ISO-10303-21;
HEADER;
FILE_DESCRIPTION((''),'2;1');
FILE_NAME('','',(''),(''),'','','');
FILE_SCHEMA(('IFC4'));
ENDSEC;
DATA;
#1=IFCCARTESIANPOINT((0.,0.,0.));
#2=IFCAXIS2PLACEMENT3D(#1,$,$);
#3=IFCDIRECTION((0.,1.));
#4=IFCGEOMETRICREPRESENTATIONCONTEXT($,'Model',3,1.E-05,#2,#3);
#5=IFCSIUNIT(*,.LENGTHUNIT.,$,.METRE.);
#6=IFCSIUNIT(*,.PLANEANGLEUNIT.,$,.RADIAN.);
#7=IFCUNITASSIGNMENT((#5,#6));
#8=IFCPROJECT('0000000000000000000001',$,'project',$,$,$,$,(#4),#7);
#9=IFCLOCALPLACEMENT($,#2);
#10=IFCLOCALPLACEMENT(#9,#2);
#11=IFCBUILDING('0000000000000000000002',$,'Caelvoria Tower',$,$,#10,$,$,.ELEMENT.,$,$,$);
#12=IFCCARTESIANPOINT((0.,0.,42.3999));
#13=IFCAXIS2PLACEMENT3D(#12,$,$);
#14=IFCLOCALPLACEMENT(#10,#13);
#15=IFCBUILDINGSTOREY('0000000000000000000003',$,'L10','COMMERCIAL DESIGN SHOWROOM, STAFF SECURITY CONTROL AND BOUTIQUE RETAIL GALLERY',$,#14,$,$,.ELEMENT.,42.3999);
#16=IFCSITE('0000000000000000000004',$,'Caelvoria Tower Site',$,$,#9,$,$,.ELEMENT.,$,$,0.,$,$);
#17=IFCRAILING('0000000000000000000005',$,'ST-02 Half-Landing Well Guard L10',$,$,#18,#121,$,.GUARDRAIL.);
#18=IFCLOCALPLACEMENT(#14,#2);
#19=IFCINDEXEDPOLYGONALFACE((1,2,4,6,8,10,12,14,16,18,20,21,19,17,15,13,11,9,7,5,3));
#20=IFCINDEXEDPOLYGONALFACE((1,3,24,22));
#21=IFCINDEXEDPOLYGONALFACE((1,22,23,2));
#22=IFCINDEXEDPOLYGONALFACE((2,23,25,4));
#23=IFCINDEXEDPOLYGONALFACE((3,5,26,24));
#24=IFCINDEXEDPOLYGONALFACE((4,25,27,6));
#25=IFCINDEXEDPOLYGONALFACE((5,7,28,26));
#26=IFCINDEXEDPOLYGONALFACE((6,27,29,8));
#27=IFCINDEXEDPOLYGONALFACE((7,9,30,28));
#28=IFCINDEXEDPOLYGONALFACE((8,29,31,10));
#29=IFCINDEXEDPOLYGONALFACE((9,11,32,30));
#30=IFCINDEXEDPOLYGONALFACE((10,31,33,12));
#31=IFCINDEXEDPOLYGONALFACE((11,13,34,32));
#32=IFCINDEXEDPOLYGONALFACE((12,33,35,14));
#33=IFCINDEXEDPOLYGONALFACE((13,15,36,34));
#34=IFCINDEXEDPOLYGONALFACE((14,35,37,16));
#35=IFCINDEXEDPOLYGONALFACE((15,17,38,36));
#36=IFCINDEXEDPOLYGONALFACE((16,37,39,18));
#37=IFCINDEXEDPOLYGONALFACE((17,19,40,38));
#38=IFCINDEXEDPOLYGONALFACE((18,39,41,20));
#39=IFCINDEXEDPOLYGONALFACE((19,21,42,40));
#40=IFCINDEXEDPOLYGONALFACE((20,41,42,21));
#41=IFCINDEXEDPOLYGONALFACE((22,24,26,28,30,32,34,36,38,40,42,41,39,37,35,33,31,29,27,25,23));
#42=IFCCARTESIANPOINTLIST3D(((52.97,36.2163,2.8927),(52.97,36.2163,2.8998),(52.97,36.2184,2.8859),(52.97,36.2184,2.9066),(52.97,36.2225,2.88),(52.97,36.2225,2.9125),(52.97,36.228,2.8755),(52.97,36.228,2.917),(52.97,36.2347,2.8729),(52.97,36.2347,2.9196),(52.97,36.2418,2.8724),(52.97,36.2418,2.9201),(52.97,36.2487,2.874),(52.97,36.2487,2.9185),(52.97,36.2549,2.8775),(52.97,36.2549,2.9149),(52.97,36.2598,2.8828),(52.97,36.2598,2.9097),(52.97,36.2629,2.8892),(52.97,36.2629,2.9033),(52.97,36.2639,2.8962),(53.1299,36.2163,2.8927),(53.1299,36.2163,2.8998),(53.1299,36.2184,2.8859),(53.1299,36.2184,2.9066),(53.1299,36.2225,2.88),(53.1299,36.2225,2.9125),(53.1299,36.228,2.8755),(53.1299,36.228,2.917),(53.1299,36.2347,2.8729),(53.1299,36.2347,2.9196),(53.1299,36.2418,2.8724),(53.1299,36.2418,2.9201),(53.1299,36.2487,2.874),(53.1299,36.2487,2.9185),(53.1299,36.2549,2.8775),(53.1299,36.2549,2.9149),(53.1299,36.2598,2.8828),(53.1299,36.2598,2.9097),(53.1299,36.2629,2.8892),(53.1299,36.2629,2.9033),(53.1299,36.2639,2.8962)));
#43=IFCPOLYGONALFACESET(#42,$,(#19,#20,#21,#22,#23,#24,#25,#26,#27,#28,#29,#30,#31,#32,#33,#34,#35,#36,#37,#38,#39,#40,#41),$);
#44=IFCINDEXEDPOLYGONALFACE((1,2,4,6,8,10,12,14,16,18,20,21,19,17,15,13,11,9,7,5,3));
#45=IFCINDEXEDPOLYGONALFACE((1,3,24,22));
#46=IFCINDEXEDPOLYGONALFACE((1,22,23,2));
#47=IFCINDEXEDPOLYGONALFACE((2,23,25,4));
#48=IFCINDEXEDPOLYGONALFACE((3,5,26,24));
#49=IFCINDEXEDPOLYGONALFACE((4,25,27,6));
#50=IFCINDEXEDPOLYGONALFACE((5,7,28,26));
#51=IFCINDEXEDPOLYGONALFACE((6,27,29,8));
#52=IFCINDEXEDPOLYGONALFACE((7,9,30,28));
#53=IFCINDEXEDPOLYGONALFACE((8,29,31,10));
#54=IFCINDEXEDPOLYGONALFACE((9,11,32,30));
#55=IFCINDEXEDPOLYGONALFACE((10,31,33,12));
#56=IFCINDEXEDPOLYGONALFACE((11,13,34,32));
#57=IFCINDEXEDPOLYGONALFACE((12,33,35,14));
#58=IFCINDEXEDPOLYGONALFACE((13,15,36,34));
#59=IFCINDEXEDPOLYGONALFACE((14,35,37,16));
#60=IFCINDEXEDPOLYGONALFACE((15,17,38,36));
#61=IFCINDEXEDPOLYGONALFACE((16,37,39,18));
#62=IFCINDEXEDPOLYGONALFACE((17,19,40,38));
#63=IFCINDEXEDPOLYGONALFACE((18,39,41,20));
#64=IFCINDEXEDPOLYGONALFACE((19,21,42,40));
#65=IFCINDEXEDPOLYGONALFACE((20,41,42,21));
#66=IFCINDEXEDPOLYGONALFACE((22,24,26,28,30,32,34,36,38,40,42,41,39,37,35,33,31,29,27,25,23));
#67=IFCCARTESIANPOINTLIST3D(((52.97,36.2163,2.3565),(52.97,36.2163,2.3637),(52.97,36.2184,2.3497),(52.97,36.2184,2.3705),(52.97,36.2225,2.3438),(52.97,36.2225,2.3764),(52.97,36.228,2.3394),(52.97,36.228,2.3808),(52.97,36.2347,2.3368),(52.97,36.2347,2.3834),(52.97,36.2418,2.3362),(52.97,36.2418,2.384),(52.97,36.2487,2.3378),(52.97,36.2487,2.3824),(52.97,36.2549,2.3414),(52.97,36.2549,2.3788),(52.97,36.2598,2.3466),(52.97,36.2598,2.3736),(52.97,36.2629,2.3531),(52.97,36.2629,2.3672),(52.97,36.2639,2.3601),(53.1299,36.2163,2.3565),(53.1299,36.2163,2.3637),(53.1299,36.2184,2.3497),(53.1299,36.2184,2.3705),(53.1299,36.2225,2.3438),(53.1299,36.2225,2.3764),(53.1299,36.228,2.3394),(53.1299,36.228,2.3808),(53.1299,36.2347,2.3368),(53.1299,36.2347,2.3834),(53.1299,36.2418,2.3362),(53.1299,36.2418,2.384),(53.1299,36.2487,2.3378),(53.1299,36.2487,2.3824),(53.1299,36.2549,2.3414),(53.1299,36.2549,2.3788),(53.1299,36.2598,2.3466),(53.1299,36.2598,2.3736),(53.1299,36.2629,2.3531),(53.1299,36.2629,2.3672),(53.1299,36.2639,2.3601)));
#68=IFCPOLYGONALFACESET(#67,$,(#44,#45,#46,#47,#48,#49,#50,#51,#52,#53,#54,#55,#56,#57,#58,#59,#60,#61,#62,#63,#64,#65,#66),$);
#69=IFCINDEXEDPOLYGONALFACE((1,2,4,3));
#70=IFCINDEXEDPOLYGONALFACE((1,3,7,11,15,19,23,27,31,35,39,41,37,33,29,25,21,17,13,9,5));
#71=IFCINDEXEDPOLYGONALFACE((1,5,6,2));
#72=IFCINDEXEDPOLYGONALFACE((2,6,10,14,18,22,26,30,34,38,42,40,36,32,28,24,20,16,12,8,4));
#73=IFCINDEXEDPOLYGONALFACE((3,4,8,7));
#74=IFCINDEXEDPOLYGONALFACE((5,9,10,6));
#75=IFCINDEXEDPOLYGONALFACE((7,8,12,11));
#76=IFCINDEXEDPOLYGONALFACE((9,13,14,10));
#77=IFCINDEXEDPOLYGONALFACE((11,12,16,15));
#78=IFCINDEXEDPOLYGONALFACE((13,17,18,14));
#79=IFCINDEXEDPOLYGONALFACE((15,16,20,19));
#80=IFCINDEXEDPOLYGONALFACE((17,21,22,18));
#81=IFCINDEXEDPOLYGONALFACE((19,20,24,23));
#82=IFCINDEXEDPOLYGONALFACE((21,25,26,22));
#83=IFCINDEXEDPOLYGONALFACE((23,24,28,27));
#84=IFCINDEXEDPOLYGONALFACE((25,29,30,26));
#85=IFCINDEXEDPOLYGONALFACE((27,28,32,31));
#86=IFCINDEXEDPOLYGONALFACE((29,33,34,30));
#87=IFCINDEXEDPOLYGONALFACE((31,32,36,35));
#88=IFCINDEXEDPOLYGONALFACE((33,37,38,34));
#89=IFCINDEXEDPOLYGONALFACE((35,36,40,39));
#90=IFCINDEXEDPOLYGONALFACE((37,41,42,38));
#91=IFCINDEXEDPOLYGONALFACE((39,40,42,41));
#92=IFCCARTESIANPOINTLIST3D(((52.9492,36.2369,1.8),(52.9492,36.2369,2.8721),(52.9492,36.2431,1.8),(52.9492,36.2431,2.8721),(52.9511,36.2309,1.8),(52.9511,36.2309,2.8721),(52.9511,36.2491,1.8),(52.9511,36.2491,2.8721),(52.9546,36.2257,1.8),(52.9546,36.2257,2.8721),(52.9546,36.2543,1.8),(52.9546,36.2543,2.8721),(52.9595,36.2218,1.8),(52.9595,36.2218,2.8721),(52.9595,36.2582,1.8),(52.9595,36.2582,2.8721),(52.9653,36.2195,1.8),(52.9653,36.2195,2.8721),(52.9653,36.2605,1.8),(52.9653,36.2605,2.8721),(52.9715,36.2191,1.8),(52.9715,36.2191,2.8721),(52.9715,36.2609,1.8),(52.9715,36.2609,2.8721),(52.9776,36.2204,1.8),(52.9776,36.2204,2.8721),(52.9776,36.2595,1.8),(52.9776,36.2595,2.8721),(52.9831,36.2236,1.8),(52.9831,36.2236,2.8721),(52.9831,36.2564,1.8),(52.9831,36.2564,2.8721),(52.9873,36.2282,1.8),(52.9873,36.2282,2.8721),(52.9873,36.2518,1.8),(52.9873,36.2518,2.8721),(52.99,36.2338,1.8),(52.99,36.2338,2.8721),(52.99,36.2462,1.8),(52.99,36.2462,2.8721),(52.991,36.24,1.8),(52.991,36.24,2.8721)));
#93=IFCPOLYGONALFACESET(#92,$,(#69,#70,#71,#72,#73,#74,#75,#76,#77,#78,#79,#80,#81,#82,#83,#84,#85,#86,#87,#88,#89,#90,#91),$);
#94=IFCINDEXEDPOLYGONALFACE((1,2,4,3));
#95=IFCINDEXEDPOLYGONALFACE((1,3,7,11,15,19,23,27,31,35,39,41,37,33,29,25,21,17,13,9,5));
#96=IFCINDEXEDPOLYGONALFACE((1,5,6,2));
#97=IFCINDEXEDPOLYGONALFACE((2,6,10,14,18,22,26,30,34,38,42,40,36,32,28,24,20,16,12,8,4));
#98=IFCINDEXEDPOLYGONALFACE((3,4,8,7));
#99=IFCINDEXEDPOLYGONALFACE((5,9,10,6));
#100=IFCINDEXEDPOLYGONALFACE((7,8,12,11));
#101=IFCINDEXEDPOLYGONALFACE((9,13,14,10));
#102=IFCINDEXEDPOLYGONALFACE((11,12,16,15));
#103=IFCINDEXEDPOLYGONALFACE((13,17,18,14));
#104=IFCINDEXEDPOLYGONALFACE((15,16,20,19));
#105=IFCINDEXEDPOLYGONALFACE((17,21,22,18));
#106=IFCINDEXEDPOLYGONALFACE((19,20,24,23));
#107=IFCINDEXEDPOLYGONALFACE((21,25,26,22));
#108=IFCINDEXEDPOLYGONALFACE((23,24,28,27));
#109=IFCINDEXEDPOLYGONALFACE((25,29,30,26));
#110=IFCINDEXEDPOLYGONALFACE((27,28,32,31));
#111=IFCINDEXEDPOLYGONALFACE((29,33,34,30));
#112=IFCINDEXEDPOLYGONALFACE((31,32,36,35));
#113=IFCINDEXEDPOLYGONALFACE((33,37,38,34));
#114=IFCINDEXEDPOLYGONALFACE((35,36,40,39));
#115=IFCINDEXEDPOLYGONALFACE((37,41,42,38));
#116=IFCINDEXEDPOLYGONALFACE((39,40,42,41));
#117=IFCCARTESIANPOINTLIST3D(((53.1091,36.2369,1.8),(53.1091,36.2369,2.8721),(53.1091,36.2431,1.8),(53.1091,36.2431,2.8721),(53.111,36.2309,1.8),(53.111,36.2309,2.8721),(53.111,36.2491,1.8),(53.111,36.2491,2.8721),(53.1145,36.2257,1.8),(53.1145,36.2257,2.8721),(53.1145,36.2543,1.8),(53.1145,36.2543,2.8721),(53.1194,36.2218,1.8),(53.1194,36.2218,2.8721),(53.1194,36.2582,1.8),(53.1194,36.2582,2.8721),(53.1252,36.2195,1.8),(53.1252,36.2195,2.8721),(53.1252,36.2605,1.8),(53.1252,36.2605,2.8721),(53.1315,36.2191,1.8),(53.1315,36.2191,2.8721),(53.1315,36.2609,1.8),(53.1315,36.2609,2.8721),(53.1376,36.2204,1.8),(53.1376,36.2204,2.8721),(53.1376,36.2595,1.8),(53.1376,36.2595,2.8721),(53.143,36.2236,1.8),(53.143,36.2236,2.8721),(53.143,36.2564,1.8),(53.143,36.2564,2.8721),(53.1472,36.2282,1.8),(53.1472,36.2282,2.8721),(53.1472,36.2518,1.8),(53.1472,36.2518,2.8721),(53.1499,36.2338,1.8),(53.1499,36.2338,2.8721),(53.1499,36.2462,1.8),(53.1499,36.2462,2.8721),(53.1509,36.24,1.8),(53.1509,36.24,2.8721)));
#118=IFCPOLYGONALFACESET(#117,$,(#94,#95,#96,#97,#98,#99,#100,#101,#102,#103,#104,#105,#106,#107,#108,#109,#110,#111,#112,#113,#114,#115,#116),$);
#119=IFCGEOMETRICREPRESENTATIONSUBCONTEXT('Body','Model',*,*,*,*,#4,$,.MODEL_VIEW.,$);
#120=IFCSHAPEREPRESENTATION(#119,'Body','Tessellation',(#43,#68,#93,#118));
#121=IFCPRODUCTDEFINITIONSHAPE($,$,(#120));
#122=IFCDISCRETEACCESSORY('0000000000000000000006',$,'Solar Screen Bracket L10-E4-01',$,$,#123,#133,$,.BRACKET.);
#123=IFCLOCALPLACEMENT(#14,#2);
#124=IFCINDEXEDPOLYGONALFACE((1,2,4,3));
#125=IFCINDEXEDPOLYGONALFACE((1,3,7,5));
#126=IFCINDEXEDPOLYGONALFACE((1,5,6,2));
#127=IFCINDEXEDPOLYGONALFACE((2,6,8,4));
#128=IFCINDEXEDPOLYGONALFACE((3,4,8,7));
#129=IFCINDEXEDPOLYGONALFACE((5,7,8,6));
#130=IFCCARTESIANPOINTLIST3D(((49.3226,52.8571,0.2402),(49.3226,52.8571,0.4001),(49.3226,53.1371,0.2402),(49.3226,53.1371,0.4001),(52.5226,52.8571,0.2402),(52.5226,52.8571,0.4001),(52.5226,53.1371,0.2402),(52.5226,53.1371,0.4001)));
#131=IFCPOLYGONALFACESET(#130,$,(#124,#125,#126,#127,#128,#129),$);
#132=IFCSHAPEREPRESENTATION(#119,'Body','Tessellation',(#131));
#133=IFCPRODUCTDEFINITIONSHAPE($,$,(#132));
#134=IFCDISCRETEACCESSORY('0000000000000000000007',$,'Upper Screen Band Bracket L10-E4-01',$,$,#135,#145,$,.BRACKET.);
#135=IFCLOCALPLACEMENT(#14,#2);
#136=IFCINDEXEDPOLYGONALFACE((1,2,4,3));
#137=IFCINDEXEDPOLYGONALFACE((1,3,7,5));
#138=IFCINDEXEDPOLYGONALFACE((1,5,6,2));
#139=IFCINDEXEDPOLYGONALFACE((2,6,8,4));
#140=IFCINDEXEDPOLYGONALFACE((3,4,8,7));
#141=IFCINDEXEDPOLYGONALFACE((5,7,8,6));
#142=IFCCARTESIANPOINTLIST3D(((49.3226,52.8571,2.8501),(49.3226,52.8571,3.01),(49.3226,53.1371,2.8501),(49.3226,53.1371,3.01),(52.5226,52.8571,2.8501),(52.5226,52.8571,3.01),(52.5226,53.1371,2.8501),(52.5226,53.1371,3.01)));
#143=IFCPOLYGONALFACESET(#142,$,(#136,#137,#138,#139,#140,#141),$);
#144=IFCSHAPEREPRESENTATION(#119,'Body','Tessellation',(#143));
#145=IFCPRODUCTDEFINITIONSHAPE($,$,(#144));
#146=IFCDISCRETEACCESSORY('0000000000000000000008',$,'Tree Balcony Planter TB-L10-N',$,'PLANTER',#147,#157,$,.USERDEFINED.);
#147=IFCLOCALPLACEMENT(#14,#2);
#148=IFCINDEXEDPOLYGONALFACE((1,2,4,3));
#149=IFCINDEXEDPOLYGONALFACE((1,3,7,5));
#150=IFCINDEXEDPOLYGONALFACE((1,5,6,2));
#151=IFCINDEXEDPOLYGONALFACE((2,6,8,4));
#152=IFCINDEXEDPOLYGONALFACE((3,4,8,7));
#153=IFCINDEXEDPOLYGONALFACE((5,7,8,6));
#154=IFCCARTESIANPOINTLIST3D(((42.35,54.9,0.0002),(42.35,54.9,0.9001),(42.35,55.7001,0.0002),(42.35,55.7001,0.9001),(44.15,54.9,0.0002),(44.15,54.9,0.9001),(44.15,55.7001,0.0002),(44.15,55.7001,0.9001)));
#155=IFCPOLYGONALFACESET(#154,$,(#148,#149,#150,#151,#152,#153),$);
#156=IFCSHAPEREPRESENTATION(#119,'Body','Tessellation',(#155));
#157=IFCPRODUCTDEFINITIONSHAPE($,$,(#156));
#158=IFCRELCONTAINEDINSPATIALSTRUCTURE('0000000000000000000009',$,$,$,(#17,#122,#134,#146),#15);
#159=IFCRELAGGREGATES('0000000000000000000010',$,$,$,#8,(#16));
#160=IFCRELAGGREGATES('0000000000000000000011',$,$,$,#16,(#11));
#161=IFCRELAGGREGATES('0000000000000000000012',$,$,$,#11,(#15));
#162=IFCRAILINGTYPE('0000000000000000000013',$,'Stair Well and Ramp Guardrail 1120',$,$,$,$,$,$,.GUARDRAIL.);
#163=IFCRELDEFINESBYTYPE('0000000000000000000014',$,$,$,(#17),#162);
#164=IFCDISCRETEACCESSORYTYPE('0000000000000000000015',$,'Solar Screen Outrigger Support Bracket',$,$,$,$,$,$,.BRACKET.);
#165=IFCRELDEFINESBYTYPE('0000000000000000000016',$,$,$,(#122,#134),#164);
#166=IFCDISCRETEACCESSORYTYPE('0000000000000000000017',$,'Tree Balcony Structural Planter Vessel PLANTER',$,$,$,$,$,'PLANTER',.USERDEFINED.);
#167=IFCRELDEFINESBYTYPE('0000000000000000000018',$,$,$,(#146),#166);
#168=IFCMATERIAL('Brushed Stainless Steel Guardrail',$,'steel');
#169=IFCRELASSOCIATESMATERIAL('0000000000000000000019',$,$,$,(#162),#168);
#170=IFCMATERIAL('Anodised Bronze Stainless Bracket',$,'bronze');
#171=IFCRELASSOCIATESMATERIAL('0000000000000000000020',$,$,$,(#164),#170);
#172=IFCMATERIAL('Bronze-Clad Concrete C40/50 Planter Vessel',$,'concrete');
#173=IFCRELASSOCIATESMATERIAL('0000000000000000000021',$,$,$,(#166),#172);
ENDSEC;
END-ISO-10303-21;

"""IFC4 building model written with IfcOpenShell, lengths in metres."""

from ifc_helpers import new_model, si_unit, direction, frame, origin, origin_2d, place, context, subcontext, project, spatial, rectangle, circle, extrude, material, type_object, element, save


model = new_model("IFC4")

# Units and contexts
model_context = context("Model", 3, precision=1e-05, world=origin(), true_north=direction((0.0, 1.0)))
body_context = subcontext(model_context, "Body", "Model", "MODEL_VIEW")
ifc_project = project(units=[si_unit("LENGTHUNIT", "METRE"), si_unit("PLANEANGLEUNIT", "RADIAN")], contexts=[model_context])

# Site, building, storey
site_placement = place(None, origin())
site = spatial("IfcSite", under=ifc_project, at=site_placement, Name="Caelvoria Tower Site", CompositionType="ELEMENT", RefElevation=0.0)
building_placement = place(site_placement, origin())
building = spatial("IfcBuilding", under=site, at=building_placement, Name="Caelvoria Tower", CompositionType="ELEMENT")
storey_placement = place(building_placement, frame((0.0, 0.0, 42.3999)))
storey = spatial("IfcBuildingStorey", under=building, at=storey_placement, Name="L10", Description="COMMERCIAL DESIGN SHOWROOM, STAFF SECURITY CONTROL AND BOUTIQUE RETAIL GALLERY", CompositionType="ELEMENT", Elevation=42.3999)

# Railing
ifc_material_1 = material(Name="Brushed Stainless Steel Guardrail", Category="steel")
railing_type_1 = type_object("IfcRailingType", Name="Stair Well and Ramp Guardrail 1120", PredefinedType="GUARDRAIL", material=ifc_material_1)
railing_1_placement = place(storey_placement, frame((52.97, 36.24, 1.8)))
element("IfcRailing", 1, at=railing_1_placement, inside=storey, type_object=railing_type_1, Name="ST-02 Half-Landing Well Guard L10", PredefinedType="GUARDRAIL", context=body_context, shape_type="SweptSolid", body=[
    extrude(circle(Radius=0.0239, at=origin_2d()), frame((0.0, 0.0, 1.0962), z_axis=(1.0, 0.0, 0.0), x_axis=(0.0, 1.0, 0.0)), (0.0, 0.0, 1.0), 0.1599),
    extrude(circle(Radius=0.0239, at=origin_2d()), frame((0.0, 0.0, 0.5601), z_axis=(1.0, 0.0, 0.0), x_axis=(0.0, 1.0, 0.0)), (0.0, 0.0, 1.0), 0.1599),
    extrude(circle(Radius=0.021, at=origin_2d()), origin(), (0.0, 0.0, 1.0), 1.072),
    extrude(circle(Radius=0.021, at=origin_2d()), frame((0.1599, 0.0, 0.0)), (0.0, 0.0, 1.0), 1.072),
])

# Discrete accessories
ifc_material_2 = material(Name="Anodised Bronze Stainless Bracket", Category="bronze")
discrete_accessory_type_1 = type_object("IfcDiscreteAccessoryType", Name="Solar Screen Outrigger Support Bracket", PredefinedType="BRACKET", material=ifc_material_2)
for number, where, z_axis, x_axis, name in (
    (2, (50.9226, 52.9971, 0.2402), (0.0, 0.0, 1.0), (-1.0, 0.0, 0.0), "Solar Screen Bracket L10-E4-01"),
    (3, (50.9226, 52.9971, 2.8501), (0.0, 0.0, 1.0), (-1.0, 0.0, 0.0), "Upper Screen Band Bracket L10-E4-01"),
):
    element("IfcDiscreteAccessory", number, at=place(storey_placement, frame(where, z_axis=z_axis, x_axis=x_axis)), inside=storey, type_object=discrete_accessory_type_1, Name=name, PredefinedType="BRACKET", context=body_context, shape_type="SweptSolid", body=[
        extrude(rectangle(XDim=3.2, YDim=0.28, at=origin_2d()), origin(), (0.0, 0.0, 1.0), 0.1599),
    ])
ifc_material_3 = material(Name="Bronze-Clad Concrete C40/50 Planter Vessel", Category="concrete")
discrete_accessory_type_2 = type_object("IfcDiscreteAccessoryType", Name="Tree Balcony Structural Planter Vessel PLANTER", ElementType="PLANTER", PredefinedType="USERDEFINED", material=ifc_material_3)
discrete_accessory_placement = place(storey_placement, frame((43.25, 55.3, 0.0002), z_axis=(0.0, 0.0, 1.0), x_axis=(1.0, 0.0, 0.0)))
element("IfcDiscreteAccessory", 4, at=discrete_accessory_placement, inside=storey, type_object=discrete_accessory_type_2, Name="Tree Balcony Planter TB-L10-N", ObjectType="PLANTER", PredefinedType="USERDEFINED", context=body_context, shape_type="SweptSolid", body=[
    extrude(rectangle(XDim=1.8, YDim=0.8, at=origin_2d()), origin(), (0.0, 0.0, 1.0), 0.8999),
])

save(model, "model.ifc")
